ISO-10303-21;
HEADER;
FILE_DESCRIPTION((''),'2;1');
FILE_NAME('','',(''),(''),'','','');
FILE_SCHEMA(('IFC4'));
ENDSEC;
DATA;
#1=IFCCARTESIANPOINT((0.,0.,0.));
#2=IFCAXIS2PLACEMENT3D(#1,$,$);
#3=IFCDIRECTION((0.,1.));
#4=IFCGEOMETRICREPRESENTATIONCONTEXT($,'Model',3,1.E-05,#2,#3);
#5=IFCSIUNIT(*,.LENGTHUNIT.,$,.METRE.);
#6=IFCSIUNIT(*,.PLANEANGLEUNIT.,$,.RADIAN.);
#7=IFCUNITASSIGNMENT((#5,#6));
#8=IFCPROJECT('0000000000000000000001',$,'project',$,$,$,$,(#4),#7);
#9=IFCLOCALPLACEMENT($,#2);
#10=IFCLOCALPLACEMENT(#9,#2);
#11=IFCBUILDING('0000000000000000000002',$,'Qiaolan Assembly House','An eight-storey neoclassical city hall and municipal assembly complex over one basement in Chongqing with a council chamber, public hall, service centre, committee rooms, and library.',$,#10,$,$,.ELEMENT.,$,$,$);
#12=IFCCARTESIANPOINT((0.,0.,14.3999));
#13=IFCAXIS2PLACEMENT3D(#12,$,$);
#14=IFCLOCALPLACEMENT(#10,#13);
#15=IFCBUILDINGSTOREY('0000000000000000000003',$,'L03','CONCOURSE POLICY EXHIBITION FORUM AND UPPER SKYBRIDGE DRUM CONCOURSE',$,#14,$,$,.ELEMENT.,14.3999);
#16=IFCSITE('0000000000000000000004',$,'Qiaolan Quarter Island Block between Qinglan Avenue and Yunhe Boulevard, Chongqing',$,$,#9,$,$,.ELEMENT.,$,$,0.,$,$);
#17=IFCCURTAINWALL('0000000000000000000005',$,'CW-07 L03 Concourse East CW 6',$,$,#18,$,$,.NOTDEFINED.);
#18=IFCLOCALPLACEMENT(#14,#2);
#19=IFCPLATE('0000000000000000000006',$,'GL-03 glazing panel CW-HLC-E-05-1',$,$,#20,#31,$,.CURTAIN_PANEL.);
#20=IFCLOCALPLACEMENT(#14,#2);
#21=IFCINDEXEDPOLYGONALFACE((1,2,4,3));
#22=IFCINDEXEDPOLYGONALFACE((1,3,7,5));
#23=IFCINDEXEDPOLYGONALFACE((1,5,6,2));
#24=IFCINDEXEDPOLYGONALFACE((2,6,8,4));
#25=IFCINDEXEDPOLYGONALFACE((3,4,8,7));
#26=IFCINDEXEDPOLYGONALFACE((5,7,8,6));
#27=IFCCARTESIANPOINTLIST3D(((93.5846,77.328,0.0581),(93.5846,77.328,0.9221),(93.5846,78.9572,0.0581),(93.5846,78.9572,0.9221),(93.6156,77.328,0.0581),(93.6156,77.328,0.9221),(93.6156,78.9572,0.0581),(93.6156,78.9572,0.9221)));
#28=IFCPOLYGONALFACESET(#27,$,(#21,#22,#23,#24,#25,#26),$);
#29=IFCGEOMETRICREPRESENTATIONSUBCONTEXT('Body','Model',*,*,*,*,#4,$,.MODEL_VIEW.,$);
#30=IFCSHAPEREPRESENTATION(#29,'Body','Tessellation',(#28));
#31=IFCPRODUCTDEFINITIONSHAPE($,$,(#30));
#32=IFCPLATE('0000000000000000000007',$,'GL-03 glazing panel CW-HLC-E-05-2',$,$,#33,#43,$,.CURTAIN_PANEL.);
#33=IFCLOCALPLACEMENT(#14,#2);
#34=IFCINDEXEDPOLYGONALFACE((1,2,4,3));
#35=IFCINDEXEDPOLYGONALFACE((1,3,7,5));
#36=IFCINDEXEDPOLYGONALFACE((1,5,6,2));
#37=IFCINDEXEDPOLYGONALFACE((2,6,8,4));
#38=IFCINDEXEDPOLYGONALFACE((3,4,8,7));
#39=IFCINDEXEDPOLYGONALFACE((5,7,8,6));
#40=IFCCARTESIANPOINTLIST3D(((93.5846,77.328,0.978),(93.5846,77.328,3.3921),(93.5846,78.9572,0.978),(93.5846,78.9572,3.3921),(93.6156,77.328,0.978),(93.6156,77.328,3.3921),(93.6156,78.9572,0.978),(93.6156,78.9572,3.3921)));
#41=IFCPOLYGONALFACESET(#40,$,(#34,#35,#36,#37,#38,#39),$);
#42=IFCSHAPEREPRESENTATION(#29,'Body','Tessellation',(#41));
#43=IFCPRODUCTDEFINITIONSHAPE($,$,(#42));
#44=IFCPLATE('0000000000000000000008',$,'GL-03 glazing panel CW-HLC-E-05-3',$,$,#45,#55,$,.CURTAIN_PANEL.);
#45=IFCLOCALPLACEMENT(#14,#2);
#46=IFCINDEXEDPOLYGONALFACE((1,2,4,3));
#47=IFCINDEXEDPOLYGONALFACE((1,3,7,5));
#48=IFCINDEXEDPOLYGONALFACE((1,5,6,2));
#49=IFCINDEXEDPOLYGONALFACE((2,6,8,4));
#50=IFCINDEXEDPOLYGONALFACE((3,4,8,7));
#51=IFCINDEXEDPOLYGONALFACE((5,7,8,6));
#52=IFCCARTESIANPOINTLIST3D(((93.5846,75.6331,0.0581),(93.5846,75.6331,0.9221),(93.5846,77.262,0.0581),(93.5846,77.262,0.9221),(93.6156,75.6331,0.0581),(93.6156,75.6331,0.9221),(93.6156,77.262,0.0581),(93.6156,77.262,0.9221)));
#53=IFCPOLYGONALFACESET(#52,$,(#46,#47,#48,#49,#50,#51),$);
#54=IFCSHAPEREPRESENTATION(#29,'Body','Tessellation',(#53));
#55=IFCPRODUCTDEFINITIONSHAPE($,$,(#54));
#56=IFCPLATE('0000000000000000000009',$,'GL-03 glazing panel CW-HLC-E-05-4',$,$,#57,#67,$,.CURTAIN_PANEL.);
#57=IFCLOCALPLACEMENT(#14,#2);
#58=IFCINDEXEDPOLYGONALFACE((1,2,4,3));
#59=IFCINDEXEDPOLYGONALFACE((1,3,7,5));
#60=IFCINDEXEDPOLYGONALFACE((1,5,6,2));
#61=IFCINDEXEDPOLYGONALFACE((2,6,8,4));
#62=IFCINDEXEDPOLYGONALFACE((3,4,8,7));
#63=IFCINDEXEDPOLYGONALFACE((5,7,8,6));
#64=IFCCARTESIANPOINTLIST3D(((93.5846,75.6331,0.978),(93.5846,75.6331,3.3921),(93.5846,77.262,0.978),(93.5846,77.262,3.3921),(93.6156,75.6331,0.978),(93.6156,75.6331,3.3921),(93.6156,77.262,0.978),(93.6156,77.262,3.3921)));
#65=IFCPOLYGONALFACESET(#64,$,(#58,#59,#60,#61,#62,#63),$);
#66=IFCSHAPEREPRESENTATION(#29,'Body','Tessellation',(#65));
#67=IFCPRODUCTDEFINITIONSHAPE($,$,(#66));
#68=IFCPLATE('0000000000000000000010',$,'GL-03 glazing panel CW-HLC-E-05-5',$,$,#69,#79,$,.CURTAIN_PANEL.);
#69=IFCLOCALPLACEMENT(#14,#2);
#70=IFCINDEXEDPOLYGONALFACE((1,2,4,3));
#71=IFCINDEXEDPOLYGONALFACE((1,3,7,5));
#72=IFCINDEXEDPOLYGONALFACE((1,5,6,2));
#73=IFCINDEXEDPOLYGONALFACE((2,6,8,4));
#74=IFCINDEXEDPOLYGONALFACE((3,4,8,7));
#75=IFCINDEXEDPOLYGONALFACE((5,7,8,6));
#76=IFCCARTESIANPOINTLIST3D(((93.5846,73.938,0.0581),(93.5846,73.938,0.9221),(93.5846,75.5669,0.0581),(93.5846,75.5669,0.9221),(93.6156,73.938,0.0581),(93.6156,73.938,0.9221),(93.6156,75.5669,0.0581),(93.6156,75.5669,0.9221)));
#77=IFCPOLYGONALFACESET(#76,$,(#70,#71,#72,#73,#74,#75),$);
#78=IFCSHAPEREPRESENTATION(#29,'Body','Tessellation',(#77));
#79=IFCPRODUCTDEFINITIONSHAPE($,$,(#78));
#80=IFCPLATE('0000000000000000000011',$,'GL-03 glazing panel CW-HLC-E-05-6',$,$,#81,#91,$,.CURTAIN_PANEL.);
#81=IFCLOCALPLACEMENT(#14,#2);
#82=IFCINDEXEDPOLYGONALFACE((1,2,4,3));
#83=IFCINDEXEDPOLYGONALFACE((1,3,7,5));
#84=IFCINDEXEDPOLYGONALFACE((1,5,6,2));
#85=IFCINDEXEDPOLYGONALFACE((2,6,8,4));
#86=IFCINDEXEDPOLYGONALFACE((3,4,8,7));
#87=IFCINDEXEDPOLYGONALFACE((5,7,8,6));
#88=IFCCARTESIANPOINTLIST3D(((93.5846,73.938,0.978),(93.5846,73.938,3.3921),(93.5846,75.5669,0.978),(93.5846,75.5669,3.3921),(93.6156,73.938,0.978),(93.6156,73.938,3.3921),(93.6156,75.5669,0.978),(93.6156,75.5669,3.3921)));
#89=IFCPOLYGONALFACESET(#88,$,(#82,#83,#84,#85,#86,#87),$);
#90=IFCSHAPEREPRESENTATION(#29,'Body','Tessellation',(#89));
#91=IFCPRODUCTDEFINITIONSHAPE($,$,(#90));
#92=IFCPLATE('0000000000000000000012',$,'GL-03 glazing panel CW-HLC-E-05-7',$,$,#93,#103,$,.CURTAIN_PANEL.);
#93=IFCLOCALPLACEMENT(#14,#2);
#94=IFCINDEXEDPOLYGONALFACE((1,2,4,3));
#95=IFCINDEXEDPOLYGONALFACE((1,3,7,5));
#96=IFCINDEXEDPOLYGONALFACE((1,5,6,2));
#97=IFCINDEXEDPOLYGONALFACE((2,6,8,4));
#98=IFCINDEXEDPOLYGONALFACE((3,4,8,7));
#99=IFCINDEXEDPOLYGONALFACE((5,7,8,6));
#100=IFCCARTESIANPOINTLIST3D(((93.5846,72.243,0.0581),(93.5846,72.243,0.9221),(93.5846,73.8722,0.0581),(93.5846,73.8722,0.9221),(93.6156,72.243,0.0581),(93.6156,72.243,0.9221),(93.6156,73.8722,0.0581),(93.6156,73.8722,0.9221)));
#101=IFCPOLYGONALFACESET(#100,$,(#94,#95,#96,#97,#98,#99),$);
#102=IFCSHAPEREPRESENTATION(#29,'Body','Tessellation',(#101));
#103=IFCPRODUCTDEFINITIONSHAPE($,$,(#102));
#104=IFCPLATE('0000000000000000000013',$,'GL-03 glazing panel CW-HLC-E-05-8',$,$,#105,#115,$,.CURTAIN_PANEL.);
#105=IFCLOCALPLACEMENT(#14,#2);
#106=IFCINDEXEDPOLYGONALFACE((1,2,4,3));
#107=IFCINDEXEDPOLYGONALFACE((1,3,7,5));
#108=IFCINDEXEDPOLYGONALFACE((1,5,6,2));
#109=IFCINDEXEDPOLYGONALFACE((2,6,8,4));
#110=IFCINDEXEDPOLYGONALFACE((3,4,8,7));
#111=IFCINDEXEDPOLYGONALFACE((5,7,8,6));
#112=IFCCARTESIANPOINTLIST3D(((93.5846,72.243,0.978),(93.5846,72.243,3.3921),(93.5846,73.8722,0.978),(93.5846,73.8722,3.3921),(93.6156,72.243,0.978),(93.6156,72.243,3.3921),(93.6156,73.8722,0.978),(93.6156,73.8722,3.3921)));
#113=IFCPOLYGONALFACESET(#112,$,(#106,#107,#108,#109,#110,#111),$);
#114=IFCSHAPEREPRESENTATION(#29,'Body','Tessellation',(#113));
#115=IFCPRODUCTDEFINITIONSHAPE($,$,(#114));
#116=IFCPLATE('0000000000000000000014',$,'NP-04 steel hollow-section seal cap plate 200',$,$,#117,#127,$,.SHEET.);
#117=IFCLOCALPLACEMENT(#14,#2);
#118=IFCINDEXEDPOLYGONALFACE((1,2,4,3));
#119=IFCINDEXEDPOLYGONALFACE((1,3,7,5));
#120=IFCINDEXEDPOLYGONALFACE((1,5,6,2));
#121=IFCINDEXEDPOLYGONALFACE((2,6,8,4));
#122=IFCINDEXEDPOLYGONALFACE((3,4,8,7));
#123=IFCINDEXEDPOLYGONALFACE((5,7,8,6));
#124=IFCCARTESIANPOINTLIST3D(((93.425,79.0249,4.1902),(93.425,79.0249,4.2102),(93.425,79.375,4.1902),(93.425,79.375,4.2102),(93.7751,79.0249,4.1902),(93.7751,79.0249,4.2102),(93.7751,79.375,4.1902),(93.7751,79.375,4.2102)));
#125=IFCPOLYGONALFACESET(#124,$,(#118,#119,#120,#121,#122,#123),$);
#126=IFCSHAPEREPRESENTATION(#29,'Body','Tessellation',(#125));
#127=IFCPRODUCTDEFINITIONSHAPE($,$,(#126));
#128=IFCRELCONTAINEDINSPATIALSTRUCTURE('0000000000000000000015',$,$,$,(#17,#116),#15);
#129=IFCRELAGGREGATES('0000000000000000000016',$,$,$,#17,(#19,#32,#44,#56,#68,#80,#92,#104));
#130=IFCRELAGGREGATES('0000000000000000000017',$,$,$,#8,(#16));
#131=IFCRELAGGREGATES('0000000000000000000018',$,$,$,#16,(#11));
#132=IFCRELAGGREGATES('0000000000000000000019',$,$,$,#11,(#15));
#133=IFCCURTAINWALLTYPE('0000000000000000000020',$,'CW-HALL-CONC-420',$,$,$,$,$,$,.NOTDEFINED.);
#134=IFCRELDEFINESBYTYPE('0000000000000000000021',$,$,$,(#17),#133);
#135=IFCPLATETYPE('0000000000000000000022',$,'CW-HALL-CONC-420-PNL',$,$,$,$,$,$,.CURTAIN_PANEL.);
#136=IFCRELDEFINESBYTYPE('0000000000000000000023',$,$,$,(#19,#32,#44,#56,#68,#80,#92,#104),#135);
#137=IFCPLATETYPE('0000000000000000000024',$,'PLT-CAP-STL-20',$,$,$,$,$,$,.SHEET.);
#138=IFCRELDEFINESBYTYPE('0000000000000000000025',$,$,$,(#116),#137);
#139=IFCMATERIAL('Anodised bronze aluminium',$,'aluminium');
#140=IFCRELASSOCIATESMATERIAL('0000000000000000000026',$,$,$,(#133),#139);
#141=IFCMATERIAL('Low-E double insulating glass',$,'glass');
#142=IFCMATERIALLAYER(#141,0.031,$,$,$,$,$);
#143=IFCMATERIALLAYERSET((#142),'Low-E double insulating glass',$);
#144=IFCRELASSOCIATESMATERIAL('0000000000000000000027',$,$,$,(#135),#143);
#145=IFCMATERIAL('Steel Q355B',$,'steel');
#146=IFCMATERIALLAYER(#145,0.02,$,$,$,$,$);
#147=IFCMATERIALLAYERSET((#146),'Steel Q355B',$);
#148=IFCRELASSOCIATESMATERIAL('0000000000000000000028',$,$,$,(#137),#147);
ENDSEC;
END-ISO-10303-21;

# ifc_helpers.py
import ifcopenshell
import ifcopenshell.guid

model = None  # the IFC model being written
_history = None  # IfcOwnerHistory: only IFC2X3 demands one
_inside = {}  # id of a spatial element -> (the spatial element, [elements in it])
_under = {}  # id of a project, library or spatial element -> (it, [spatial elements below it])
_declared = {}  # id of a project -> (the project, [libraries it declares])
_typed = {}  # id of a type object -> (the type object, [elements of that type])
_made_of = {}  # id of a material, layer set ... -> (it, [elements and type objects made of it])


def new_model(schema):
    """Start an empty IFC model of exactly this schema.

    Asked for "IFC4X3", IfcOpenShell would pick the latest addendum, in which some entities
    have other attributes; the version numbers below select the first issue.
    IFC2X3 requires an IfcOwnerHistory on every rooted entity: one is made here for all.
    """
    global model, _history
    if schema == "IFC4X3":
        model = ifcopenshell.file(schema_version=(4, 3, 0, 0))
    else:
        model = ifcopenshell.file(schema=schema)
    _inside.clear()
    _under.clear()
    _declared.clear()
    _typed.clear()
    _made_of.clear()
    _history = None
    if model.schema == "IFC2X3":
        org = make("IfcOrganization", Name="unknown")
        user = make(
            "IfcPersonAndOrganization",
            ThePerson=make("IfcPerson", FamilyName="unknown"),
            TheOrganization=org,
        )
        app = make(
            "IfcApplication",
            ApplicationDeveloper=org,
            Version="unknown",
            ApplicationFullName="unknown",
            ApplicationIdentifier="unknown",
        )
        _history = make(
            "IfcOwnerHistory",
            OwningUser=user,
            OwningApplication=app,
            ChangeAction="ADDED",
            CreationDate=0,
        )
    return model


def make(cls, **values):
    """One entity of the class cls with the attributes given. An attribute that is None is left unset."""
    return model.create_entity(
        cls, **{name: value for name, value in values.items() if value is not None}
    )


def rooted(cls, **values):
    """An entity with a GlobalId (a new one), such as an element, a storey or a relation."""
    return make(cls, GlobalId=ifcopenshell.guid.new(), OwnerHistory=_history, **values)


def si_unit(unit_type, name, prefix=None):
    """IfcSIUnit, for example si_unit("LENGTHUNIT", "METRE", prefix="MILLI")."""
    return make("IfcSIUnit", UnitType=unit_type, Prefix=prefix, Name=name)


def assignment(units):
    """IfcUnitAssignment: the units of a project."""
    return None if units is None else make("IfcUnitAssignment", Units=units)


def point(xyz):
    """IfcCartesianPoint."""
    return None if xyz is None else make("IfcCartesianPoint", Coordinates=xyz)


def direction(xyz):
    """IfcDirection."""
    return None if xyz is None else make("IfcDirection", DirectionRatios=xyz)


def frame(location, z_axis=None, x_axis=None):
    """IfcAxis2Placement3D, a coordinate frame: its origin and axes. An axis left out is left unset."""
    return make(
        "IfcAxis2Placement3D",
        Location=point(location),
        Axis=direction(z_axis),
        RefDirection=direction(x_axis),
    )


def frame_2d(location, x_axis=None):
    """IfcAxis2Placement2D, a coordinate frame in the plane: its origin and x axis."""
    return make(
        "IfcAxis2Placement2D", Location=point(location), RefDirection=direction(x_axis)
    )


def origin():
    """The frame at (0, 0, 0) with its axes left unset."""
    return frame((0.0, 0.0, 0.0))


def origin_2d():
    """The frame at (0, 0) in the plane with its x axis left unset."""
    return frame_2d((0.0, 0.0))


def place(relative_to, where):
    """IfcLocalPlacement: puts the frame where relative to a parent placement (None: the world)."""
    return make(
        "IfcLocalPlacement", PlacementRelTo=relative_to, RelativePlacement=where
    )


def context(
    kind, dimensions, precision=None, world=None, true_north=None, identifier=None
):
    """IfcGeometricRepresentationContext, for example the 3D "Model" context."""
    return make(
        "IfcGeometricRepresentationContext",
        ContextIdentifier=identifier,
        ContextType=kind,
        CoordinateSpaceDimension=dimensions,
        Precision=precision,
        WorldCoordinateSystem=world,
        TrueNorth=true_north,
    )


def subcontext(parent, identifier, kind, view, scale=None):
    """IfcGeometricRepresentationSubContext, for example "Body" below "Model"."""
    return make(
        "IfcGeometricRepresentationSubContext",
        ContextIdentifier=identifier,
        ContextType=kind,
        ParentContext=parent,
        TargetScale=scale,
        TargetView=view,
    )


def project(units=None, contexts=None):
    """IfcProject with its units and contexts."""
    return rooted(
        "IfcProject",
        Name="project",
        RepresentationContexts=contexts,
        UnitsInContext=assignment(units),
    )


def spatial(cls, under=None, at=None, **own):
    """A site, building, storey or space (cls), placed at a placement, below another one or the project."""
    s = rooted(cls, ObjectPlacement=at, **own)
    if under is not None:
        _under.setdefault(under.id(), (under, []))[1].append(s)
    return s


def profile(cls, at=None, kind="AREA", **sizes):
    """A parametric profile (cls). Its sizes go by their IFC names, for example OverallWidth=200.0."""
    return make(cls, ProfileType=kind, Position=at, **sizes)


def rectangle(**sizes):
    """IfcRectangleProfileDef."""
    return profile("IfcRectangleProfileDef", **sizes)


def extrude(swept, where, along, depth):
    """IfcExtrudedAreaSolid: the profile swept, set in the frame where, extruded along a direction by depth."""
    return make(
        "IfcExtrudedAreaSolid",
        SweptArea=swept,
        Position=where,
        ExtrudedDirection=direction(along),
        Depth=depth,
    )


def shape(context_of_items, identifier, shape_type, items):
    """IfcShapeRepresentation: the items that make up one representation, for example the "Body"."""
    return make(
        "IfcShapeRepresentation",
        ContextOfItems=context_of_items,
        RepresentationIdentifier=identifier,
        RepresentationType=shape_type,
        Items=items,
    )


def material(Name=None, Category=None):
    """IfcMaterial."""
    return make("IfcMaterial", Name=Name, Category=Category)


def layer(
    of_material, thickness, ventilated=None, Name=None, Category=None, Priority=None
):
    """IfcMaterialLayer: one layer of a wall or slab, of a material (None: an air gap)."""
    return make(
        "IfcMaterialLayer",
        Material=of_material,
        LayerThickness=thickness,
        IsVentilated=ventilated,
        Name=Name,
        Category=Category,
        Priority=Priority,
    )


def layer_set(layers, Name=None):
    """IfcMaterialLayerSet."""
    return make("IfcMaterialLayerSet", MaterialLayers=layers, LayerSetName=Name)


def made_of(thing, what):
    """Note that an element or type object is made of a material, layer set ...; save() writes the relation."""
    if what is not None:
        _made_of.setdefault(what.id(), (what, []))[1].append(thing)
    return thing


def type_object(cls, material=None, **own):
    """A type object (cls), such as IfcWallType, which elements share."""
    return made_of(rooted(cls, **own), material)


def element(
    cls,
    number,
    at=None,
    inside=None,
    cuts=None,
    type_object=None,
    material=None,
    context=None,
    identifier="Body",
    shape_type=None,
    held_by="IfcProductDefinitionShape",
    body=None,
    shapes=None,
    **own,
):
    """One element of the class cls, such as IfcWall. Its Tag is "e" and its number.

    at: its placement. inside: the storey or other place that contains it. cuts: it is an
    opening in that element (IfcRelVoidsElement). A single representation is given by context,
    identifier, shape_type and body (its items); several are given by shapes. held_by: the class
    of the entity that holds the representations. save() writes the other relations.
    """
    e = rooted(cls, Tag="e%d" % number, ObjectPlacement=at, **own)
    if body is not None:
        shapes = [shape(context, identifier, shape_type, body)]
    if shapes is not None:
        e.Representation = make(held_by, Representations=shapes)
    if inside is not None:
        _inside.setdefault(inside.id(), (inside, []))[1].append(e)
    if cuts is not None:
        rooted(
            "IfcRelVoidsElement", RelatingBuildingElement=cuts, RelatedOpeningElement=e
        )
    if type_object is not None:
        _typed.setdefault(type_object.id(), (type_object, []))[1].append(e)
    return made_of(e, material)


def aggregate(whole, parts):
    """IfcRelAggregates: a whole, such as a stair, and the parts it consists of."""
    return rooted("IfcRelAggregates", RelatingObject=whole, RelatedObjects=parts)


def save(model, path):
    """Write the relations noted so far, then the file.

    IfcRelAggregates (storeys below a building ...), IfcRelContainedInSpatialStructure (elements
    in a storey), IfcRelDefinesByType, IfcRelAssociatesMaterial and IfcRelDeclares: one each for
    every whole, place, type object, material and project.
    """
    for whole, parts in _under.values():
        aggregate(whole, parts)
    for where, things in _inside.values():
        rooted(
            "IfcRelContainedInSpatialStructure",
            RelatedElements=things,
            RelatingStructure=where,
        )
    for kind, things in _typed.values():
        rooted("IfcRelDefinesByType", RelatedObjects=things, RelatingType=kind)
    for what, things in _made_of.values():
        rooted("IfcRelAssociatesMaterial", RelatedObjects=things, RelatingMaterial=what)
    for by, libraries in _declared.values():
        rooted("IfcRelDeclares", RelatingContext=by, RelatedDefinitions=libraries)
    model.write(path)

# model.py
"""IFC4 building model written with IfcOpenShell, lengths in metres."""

from ifc_helpers import new_model, si_unit, direction, frame, frame_2d, origin, origin_2d, place, context, subcontext, project, spatial, rectangle, extrude, material, layer, layer_set, type_object, element, aggregate, save


model = new_model("IFC4")

# Units and contexts
model_context = context("Model", 3, precision=1e-05, world=origin(), true_north=direction((0.0, 1.0)))
body_context = subcontext(model_context, "Body", "Model", "MODEL_VIEW")
ifc_project = project(units=[si_unit("LENGTHUNIT", "METRE"), si_unit("PLANEANGLEUNIT", "RADIAN")], contexts=[model_context])

# Site, building, storey
site_placement = place(None, origin())
site = spatial("IfcSite", under=ifc_project, at=site_placement, Name="Qiaolan Quarter Island Block between Qinglan Avenue and Yunhe Boulevard, Chongqing", CompositionType="ELEMENT", RefElevation=0.0)
building_placement = place(site_placement, origin())
building = spatial("IfcBuilding", under=site, at=building_placement, Name="Qiaolan Assembly House", Description="An eight-storey neoclassical city hall and municipal assembly complex over one basement in Chongqing with a council chamber, public hall, service centre, committee rooms, and library.", CompositionType="ELEMENT")
storey_placement = place(building_placement, frame((0.0, 0.0, 14.3999)))
storey = spatial("IfcBuildingStorey", under=building, at=storey_placement, Name="L03", Description="CONCOURSE POLICY EXHIBITION FORUM AND UPPER SKYBRIDGE DRUM CONCOURSE", CompositionType="ELEMENT", Elevation=14.3999)

# Shared definitions
ifc_material_1 = material(Name="Steel Q355B", Category="steel")

# Curtain wall
ifc_material_2 = material(Name="Anodised bronze aluminium", Category="aluminium")
curtain_wall_type = type_object("IfcCurtainWallType", Name="CW-HALL-CONC-420", PredefinedType="NOTDEFINED", material=ifc_material_2)
curtain_wall_1_placement = place(storey_placement, origin())
curtain_wall_1 = element("IfcCurtainWall", 1, at=curtain_wall_1_placement, inside=storey, type_object=curtain_wall_type, Name="CW-07 L03 Concourse East CW 6", PredefinedType="NOTDEFINED")

# Plates
ifc_material_3 = material(Name="Low-E double insulating glass", Category="glass")
ifc_layer_1 = layer(ifc_material_3, 0.031)
ifc_layer_set_1 = layer_set([ifc_layer_1], Name="Low-E double insulating glass")
plate_type_1 = type_object("IfcPlateType", Name="CW-HALL-CONC-420-PNL", PredefinedType="CURTAIN_PANEL", material=ifc_layer_set_1)
plate_1_placement = place(storey_placement, frame((93.6001, 78.957, 0.0581), z_axis=(0.0, 0.0, 1.0), x_axis=(0.0, -1.0, 0.0)))
plate_1 = element("IfcPlate", 2, at=plate_1_placement, type_object=plate_type_1, Name="GL-03 glazing panel CW-HLC-E-05-1", PredefinedType="CURTAIN_PANEL", context=body_context, shape_type="SweptSolid", body=[
    extrude(rectangle(XDim=1.6292, YDim=0.031, at=frame_2d((0.8145, 0.0))), origin(), (0.0, 0.0, 1.0), 0.864),
])
plate_2_placement = place(storey_placement, frame((93.6001, 78.957, 0.978), z_axis=(0.0, 0.0, 1.0), x_axis=(0.0, -1.0, 0.0)))
plate_2 = element("IfcPlate", 3, at=plate_2_placement, type_object=plate_type_1, Name="GL-03 glazing panel CW-HLC-E-05-2", PredefinedType="CURTAIN_PANEL", context=body_context, shape_type="SweptSolid", body=[
    extrude(rectangle(XDim=1.6292, YDim=0.031, at=frame_2d((0.8145, 0.0))), origin(), (0.0, 0.0, 1.0), 2.4141),
])
plate_3_placement = place(storey_placement, frame((93.6001, 77.262, 0.0581), z_axis=(0.0, 0.0, 1.0), x_axis=(0.0, -1.0, 0.0)))
plate_3 = element("IfcPlate", 4, at=plate_3_placement, type_object=plate_type_1, Name="GL-03 glazing panel CW-HLC-E-05-3", PredefinedType="CURTAIN_PANEL", context=body_context, shape_type="SweptSolid", body=[
    extrude(rectangle(XDim=1.6289, YDim=0.031, at=frame_2d((0.8145, 0.0))), origin(), (0.0, 0.0, 1.0), 0.864),
])
plate_4_placement = place(storey_placement, frame((93.6001, 77.262, 0.978), z_axis=(0.0, 0.0, 1.0), x_axis=(0.0, -1.0, 0.0)))
plate_4 = element("IfcPlate", 5, at=plate_4_placement, type_object=plate_type_1, Name="GL-03 glazing panel CW-HLC-E-05-4", PredefinedType="CURTAIN_PANEL", context=body_context, shape_type="SweptSolid", body=[
    extrude(rectangle(XDim=1.6289, YDim=0.031, at=frame_2d((0.8145, 0.0))), origin(), (0.0, 0.0, 1.0), 2.4141),
])
plate_5_placement = place(storey_placement, frame((93.6001, 75.5669, 0.0581), z_axis=(0.0, 0.0, 1.0), x_axis=(0.0, -1.0, 0.0)))
plate_5 = element("IfcPlate", 6, at=plate_5_placement, type_object=plate_type_1, Name="GL-03 glazing panel CW-HLC-E-05-5", PredefinedType="CURTAIN_PANEL", context=body_context, shape_type="SweptSolid", body=[
    extrude(rectangle(XDim=1.6289, YDim=0.031, at=frame_2d((0.8145, 0.0))), origin(), (0.0, 0.0, 1.0), 0.864),
])
plate_6_placement = place(storey_placement, frame((93.6001, 75.5669, 0.978), z_axis=(0.0, 0.0, 1.0), x_axis=(0.0, -1.0, 0.0)))
plate_6 = element("IfcPlate", 7, at=plate_6_placement, type_object=plate_type_1, Name="GL-03 glazing panel CW-HLC-E-05-6", PredefinedType="CURTAIN_PANEL", context=body_context, shape_type="SweptSolid", body=[
    extrude(rectangle(XDim=1.6289, YDim=0.031, at=frame_2d((0.8145, 0.0))), origin(), (0.0, 0.0, 1.0), 2.4141),
])
plate_7_placement = place(storey_placement, frame((93.6001, 73.8721, 0.0581), z_axis=(0.0, 0.0, 1.0), x_axis=(0.0, -1.0, 0.0)))
plate_7 = element("IfcPlate", 8, at=plate_7_placement, type_object=plate_type_1, Name="GL-03 glazing panel CW-HLC-E-05-7", PredefinedType="CURTAIN_PANEL", context=body_context, shape_type="SweptSolid", body=[
    extrude(rectangle(XDim=1.6292, YDim=0.031, at=frame_2d((0.8145, 0.0))), origin(), (0.0, 0.0, 1.0), 0.864),
])
plate_8_placement = place(storey_placement, frame((93.6001, 73.8721, 0.978), z_axis=(0.0, 0.0, 1.0), x_axis=(0.0, -1.0, 0.0)))
plate_8 = element("IfcPlate", 9, at=plate_8_placement, type_object=plate_type_1, Name="GL-03 glazing panel CW-HLC-E-05-8", PredefinedType="CURTAIN_PANEL", context=body_context, shape_type="SweptSolid", body=[
    extrude(rectangle(XDim=1.6292, YDim=0.031, at=frame_2d((0.8145, 0.0))), origin(), (0.0, 0.0, 1.0), 2.4141),
])
aggregate(curtain_wall_1, [plate_1, plate_2, plate_3, plate_4, plate_5, plate_6, plate_7, plate_8])
ifc_layer_2 = layer(ifc_material_1, 0.02)
ifc_layer_set_2 = layer_set([ifc_layer_2], Name="Steel Q355B")
plate_type_2 = type_object("IfcPlateType", Name="PLT-CAP-STL-20", PredefinedType="SHEET", material=ifc_layer_set_2)
plate_9_placement = place(storey_placement, frame((93.6001, 79.2, 4.1902), z_axis=(0.0, 0.0, 1.0), x_axis=(1.0, 0.0, 0.0)))
element("IfcPlate", 10, at=plate_9_placement, inside=storey, type_object=plate_type_2, Name="NP-04 steel hollow-section seal cap plate 200", PredefinedType="SHEET", context=body_context, shape_type="SweptSolid", body=[
    extrude(rectangle(XDim=0.3501, YDim=0.3501, at=origin_2d()), origin(), (0.0, 0.0, 1.0), 0.02),
])

save(model, "model.ifc")
